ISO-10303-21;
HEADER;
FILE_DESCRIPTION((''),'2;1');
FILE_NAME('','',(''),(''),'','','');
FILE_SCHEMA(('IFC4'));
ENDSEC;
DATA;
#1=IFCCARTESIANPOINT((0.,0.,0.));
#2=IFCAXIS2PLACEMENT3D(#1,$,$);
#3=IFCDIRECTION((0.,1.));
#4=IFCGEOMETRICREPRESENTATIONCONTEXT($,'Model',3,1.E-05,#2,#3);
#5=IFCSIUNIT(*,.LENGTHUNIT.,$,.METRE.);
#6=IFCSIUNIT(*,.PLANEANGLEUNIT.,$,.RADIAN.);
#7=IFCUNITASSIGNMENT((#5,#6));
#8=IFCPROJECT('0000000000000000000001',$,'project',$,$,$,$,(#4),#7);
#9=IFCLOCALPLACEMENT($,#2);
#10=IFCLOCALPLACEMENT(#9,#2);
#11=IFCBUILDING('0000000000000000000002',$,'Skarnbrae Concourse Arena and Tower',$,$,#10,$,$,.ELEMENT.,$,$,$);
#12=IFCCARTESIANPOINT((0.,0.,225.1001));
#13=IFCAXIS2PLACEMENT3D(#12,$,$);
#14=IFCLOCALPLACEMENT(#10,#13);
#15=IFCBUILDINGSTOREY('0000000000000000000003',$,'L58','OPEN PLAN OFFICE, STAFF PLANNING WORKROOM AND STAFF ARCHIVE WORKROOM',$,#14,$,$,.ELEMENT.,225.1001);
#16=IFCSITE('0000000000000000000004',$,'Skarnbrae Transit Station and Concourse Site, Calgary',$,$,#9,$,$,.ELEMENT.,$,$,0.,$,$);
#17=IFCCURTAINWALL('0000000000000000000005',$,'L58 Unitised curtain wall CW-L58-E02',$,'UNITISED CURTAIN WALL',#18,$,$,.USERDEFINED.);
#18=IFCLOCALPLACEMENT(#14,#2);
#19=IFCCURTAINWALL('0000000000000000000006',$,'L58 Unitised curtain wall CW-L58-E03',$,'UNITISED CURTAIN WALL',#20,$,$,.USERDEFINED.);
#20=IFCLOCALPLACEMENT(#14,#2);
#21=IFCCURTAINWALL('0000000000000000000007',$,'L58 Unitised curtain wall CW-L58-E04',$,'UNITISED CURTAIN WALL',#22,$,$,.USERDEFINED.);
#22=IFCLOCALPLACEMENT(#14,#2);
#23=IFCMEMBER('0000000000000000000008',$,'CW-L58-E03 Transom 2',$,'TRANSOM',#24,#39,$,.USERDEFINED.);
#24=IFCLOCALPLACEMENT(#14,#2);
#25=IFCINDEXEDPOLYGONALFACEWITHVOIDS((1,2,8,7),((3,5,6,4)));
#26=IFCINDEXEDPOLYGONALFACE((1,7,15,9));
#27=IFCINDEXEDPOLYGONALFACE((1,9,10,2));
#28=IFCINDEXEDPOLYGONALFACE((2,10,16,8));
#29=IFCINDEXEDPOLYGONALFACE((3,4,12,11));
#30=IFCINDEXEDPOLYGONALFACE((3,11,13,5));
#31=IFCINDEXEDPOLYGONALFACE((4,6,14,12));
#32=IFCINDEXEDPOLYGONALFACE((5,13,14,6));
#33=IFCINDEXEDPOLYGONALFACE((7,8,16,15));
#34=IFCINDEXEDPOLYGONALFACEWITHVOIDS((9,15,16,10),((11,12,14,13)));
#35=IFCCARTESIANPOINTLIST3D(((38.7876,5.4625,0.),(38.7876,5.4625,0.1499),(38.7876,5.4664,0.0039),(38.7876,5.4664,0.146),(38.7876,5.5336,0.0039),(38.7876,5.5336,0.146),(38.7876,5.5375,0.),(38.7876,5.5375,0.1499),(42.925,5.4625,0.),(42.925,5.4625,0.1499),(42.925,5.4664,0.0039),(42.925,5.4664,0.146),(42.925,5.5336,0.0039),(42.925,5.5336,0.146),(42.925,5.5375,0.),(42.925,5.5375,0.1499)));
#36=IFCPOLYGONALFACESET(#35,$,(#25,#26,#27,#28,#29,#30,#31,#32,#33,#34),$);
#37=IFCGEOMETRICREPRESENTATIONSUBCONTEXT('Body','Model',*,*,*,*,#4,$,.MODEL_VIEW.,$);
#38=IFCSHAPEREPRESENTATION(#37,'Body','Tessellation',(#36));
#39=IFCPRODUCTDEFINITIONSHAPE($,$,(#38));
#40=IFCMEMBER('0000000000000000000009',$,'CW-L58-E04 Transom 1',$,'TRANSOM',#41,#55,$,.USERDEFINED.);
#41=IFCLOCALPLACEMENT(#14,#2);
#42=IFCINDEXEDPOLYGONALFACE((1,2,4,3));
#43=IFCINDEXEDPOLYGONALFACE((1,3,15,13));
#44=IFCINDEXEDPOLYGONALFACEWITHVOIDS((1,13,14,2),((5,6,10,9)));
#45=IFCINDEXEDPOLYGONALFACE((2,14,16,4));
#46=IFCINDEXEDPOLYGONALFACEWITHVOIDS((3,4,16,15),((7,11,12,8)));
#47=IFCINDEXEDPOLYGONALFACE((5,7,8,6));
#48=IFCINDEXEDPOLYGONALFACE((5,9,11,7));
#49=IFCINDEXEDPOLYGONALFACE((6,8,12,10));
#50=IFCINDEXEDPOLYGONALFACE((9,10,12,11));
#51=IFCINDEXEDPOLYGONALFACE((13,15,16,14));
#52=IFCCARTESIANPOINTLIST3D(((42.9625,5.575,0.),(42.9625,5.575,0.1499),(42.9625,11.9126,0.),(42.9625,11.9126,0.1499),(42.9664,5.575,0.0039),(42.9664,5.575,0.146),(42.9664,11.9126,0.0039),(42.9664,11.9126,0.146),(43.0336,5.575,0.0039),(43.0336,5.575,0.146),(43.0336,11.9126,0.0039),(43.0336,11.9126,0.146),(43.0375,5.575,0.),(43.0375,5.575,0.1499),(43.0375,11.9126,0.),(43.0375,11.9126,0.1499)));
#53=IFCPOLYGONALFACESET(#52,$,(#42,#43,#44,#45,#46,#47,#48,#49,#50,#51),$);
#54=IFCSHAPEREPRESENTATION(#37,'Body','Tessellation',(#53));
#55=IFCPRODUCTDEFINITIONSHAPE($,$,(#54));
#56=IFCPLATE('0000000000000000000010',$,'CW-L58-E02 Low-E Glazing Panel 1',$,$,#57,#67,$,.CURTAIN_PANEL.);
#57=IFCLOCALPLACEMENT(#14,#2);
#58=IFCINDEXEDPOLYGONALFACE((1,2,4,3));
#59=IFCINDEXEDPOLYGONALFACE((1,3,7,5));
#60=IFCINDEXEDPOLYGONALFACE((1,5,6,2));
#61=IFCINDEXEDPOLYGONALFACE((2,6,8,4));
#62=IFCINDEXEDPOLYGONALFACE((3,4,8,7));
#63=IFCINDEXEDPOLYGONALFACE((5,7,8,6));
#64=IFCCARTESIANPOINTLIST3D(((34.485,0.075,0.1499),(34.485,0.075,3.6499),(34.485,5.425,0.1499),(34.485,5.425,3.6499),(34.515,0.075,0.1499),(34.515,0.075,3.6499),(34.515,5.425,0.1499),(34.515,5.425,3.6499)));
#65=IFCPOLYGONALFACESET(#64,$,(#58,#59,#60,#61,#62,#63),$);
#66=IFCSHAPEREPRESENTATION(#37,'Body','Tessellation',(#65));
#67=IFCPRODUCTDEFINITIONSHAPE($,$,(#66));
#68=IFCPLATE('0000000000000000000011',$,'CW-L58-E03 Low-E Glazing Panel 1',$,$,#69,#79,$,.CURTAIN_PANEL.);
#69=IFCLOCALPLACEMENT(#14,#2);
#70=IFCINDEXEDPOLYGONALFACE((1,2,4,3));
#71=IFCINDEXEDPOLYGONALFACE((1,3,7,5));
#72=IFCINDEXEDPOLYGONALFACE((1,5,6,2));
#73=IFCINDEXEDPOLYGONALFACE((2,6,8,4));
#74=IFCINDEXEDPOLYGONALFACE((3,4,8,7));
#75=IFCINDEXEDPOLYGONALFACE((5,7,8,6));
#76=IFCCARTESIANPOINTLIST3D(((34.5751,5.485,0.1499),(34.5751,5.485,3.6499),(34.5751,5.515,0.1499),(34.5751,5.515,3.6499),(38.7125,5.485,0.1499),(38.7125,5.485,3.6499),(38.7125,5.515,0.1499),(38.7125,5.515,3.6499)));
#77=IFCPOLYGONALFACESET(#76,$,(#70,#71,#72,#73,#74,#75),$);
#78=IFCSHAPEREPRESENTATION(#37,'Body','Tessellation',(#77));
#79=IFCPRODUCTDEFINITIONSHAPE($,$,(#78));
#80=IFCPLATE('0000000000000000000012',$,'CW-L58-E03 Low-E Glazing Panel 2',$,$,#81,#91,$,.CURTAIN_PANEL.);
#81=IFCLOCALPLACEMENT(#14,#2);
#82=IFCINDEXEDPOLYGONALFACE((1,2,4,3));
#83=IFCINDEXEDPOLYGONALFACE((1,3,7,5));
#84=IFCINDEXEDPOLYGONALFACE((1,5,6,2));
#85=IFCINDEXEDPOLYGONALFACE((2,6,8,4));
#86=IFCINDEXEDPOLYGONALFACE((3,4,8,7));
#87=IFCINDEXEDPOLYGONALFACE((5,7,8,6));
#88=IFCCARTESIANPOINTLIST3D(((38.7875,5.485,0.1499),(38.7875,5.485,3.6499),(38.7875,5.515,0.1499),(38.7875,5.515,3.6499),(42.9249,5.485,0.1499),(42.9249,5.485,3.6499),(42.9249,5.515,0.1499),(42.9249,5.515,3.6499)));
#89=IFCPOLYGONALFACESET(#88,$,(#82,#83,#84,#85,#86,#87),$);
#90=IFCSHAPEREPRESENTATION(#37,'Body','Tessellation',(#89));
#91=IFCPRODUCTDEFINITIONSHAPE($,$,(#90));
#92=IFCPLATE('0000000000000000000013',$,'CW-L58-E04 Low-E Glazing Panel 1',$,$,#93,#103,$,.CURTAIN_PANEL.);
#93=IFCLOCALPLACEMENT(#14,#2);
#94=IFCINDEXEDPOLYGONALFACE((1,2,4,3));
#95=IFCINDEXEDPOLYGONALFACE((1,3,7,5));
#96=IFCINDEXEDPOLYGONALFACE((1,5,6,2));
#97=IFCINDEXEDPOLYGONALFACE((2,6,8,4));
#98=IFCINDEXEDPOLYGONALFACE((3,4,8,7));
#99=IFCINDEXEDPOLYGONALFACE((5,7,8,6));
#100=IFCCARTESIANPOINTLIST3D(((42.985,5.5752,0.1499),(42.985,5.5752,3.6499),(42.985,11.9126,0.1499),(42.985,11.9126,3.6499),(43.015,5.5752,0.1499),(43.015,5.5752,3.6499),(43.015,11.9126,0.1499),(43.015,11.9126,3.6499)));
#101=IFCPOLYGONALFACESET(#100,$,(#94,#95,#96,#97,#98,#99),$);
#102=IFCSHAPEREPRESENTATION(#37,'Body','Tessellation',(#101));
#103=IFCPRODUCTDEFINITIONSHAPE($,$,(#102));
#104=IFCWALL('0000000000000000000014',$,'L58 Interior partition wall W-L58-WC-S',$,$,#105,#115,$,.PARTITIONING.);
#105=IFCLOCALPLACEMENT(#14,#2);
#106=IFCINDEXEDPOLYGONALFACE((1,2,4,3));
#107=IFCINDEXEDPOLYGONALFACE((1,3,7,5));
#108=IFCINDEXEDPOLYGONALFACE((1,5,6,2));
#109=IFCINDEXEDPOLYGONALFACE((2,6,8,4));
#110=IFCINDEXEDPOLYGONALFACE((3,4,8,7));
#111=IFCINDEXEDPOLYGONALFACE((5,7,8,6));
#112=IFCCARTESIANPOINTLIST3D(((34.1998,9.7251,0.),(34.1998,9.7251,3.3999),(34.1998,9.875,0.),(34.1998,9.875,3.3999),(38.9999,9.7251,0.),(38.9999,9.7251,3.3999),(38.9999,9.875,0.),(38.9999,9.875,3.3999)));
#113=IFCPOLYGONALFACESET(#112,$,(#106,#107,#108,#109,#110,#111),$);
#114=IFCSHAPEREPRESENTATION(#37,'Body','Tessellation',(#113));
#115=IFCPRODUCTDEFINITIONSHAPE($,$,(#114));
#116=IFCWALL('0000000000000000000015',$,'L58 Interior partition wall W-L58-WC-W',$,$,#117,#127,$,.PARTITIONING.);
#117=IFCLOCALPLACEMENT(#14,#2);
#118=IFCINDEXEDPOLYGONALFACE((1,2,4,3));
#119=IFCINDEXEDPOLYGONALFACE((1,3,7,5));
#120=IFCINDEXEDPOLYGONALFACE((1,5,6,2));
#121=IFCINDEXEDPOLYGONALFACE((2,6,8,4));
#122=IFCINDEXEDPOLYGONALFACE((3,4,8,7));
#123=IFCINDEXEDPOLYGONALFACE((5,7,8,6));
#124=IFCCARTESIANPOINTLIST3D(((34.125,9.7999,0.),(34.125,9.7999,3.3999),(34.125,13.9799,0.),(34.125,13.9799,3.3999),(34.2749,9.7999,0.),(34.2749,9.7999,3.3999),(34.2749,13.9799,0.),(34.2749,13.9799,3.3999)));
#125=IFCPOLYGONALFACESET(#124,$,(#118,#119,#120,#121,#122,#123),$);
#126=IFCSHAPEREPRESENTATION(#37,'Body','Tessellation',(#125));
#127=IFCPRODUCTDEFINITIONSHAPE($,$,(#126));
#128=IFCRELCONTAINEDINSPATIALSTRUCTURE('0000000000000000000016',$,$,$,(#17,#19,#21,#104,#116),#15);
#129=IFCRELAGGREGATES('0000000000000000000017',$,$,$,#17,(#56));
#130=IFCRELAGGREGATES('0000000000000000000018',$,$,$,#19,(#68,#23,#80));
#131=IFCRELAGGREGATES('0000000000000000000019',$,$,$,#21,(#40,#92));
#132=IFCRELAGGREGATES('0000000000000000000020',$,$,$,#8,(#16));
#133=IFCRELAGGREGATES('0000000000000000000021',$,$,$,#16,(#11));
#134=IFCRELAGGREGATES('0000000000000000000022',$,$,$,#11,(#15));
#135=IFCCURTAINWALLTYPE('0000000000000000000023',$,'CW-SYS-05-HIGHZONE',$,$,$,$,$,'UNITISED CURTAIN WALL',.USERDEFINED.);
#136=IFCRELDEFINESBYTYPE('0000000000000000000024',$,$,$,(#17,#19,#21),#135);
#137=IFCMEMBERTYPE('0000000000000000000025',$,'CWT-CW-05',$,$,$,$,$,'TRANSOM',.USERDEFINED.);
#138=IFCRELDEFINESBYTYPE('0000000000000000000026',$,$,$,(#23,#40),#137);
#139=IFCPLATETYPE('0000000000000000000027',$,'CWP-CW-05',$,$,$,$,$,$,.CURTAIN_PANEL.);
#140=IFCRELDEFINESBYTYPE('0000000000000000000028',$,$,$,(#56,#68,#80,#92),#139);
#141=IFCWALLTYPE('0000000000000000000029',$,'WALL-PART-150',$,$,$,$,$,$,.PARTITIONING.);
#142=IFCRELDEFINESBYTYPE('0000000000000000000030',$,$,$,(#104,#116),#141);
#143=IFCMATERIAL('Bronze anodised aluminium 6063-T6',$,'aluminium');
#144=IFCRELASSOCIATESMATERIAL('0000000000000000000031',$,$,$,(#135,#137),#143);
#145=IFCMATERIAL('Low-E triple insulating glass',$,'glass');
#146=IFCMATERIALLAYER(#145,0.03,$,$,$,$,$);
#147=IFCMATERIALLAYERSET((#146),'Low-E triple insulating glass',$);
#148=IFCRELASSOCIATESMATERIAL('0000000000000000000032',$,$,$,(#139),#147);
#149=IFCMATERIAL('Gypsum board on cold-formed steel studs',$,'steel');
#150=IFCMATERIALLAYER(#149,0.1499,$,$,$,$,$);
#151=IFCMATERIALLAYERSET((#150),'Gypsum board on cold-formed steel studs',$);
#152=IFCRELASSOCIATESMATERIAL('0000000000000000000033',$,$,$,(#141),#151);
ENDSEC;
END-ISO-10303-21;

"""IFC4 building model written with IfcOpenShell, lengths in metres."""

from ifc_helpers import new_model, si_unit, direction, frame, frame_2d, origin, origin_2d, place, context, subcontext, project, spatial, rectangle, hollow_rectangle, extrude, source, transform, mapped, material, layer, layer_set, material_profile, profile_set, type_object, element, aggregate, save


model = new_model("IFC4")

# Units and contexts
model_context = context("Model", 3, precision=1e-05, world=origin(), true_north=direction((0.0, 1.0)))
body_context = subcontext(model_context, "Body", "Model", "MODEL_VIEW")
ifc_project = project(units=[si_unit("LENGTHUNIT", "METRE"), si_unit("PLANEANGLEUNIT", "RADIAN")], contexts=[model_context])

# Site, building, storey
site_placement = place(None, origin())
site = spatial("IfcSite", under=ifc_project, at=site_placement, Name="Skarnbrae Transit Station and Concourse Site, Calgary", CompositionType="ELEMENT", RefElevation=0.0)
building_placement = place(site_placement, origin())
building = spatial("IfcBuilding", under=site, at=building_placement, Name="Skarnbrae Concourse Arena and Tower", CompositionType="ELEMENT")
storey_placement = place(building_placement, frame((0.0, 0.0, 225.1001)))
storey = spatial("IfcBuildingStorey", under=building, at=storey_placement, Name="L58", Description="OPEN PLAN OFFICE, STAFF PLANNING WORKROOM AND STAFF ARCHIVE WORKROOM", CompositionType="ELEMENT", Elevation=225.1001)

# Curtain walls
ifc_material_1 = material(Name="Bronze anodised aluminium 6063-T6", Category="aluminium")
curtain_wall_type = type_object("IfcCurtainWallType", Name="CW-SYS-05-HIGHZONE", ElementType="UNITISED CURTAIN WALL", PredefinedType="USERDEFINED", material=ifc_material_1)
curtain_wall_1_placement = place(storey_placement, origin())
curtain_wall_1 = element("IfcCurtainWall", 1, at=curtain_wall_1_placement, inside=storey, type_object=curtain_wall_type, Name="L58 Unitised curtain wall CW-L58-E02", ObjectType="UNITISED CURTAIN WALL", PredefinedType="USERDEFINED")
curtain_wall_2_placement = place(storey_placement, origin())
curtain_wall_2 = element("IfcCurtainWall", 2, at=curtain_wall_2_placement, inside=storey, type_object=curtain_wall_type, Name="L58 Unitised curtain wall CW-L58-E03", ObjectType="UNITISED CURTAIN WALL", PredefinedType="USERDEFINED")

# Curtain wall
curtain_wall_3_placement = place(storey_placement, origin())
curtain_wall_3 = element("IfcCurtainWall", 3, at=curtain_wall_3_placement, inside=storey, type_object=curtain_wall_type, Name="L58 Unitised curtain wall CW-L58-E04", ObjectType="UNITISED CURTAIN WALL", PredefinedType="USERDEFINED")

# Members
ifc_material_profile_1 = material_profile(ifc_material_1, hollow_rectangle(XDim=0.075, YDim=0.1499, WallThickness=0.0039, at=origin_2d()), Name="ALU-TRAN-75X150")
ifc_profile_set_1 = profile_set([ifc_material_profile_1], Name="Bronze anodised aluminium 6063-T6")
member_type_1 = type_object("IfcMemberType", Name="CWT-CW-05", ElementType="TRANSOM", PredefinedType="USERDEFINED", material=ifc_profile_set_1)
shared_shape_1 = source(origin(), body_context, "Body", "SweptSolid", [
    extrude(hollow_rectangle(XDim=0.075, YDim=0.1499, WallThickness=0.0039, at=origin_2d()), origin(), (0.0, 0.0, 1.0), 4.1375),
])
member_1_placement = place(storey_placement, frame((38.7876, 5.5, 0.075), z_axis=(1.0, 0.0, 0.0), x_axis=(0.0, 1.0, 0.0)))
member_1 = element("IfcMember", 4, at=member_1_placement, type_object=member_type_1, Name="CW-L58-E03 Transom 2", ObjectType="TRANSOM", PredefinedType="USERDEFINED", context=body_context, shape_type="MappedRepresentation", body=[
    mapped(shared_shape_1, transform((0.0, 0.0, 0.0))),
])
shared_shape_2 = source(origin(), body_context, "Body", "SweptSolid", [
    extrude(hollow_rectangle(XDim=0.075, YDim=0.1499, WallThickness=0.0039, at=origin_2d()), origin(), (0.0, 0.0, 1.0), 6.3376),
])
member_2_placement = place(storey_placement, frame((43.0, 5.575, 0.075), z_axis=(0.0, 1.0, 0.0), x_axis=(-1.0, 0.0, 0.0)))
member_2 = element("IfcMember", 5, at=member_2_placement, type_object=member_type_1, Name="CW-L58-E04 Transom 1", ObjectType="TRANSOM", PredefinedType="USERDEFINED", context=body_context, shape_type="MappedRepresentation", body=[
    mapped(shared_shape_2, transform((0.0, 0.0, 0.0))),
])

# Plates
ifc_material_2 = material(Name="Low-E triple insulating glass", Category="glass")
ifc_layer_1 = layer(ifc_material_2, 0.03)
ifc_layer_set_1 = layer_set([ifc_layer_1], Name="Low-E triple insulating glass")
plate_type = type_object("IfcPlateType", Name="CWP-CW-05", PredefinedType="CURTAIN_PANEL", material=ifc_layer_set_1)
shared_shape_3 = source(origin(), body_context, "Body", "SweptSolid", [
    extrude(rectangle(XDim=5.3501, YDim=0.03, at=origin_2d()), origin(), (0.0, 0.0, 1.0), 3.5),
])
plate_1_placement = place(storey_placement, frame((34.5, 2.75, 0.1499), z_axis=(0.0, 0.0, 1.0), x_axis=(0.0, 1.0, 0.0)))
plate_1 = element("IfcPlate", 6, at=plate_1_placement, type_object=plate_type, Name="CW-L58-E02 Low-E Glazing Panel 1", PredefinedType="CURTAIN_PANEL", context=body_context, shape_type="MappedRepresentation", body=[
    mapped(shared_shape_3, transform((0.0, 0.0, 0.0))),
])
aggregate(curtain_wall_1, [plate_1])
shared_shape_4 = source(origin(), body_context, "Body", "SweptSolid", [
    extrude(rectangle(XDim=4.1375, YDim=0.03, at=origin_2d()), origin(), (0.0, 0.0, 1.0), 3.5),
])
plate_2_placement = place(storey_placement, frame((36.6438, 5.5, 0.1499), z_axis=(0.0, 0.0, 1.0), x_axis=(1.0, 0.0, 0.0)))
plate_2 = element("IfcPlate", 7, at=plate_2_placement, type_object=plate_type, Name="CW-L58-E03 Low-E Glazing Panel 1", PredefinedType="CURTAIN_PANEL", context=body_context, shape_type="MappedRepresentation", body=[
    mapped(shared_shape_4, transform((0.0, 0.0, 0.0))),
])
plate_3_placement = place(storey_placement, frame((40.8562, 5.5, 0.1499), z_axis=(0.0, 0.0, 1.0), x_axis=(1.0, 0.0, 0.0)))
plate_3 = element("IfcPlate", 8, at=plate_3_placement, type_object=plate_type, Name="CW-L58-E03 Low-E Glazing Panel 2", PredefinedType="CURTAIN_PANEL", context=body_context, shape_type="MappedRepresentation", body=[
    mapped(shared_shape_4, transform((0.0, 0.0, 0.0))),
])
aggregate(curtain_wall_2, [plate_2, member_1, plate_3])
shared_shape_5 = source(origin(), body_context, "Body", "SweptSolid", [
    extrude(rectangle(XDim=6.3374, YDim=0.03, at=origin_2d()), origin(), (0.0, 0.0, 1.0), 3.5),
])
plate_4_placement = place(storey_placement, frame((43.0, 8.7439, 0.1499), z_axis=(0.0, 0.0, 1.0), x_axis=(0.0, 1.0, 0.0)))
plate_4 = element("IfcPlate", 9, at=plate_4_placement, type_object=plate_type, Name="CW-L58-E04 Low-E Glazing Panel 1", PredefinedType="CURTAIN_PANEL", context=body_context, shape_type="MappedRepresentation", body=[
    mapped(shared_shape_5, transform((0.0, 0.0, 0.0))),
])
aggregate(curtain_wall_3, [member_2, plate_4])

# Walls
ifc_material_3 = material(Name="Gypsum board on cold-formed steel studs", Category="steel")
ifc_layer_2 = layer(ifc_material_3, 0.1499)
ifc_layer_set_2 = layer_set([ifc_layer_2], Name="Gypsum board on cold-formed steel studs")
wall_type = type_object("IfcWallType", Name="WALL-PART-150", PredefinedType="PARTITIONING", material=ifc_layer_set_2)
shared_shape_6 = source(origin(), body_context, "Body", "SweptSolid", [
    extrude(rectangle(XDim=4.8, YDim=0.1499, at=frame_2d((2.3999, 0.0))), origin(), (0.0, 0.0, 1.0), 3.3999),
])
wall_1_placement = place(storey_placement, frame((34.2, 9.8, 0.0), z_axis=(0.0, 0.0, 1.0), x_axis=(1.0, 0.0, 0.0)))
element("IfcWall", 10, at=wall_1_placement, inside=storey, type_object=wall_type, Name="L58 Interior partition wall W-L58-WC-S", PredefinedType="PARTITIONING", context=body_context, shape_type="MappedRepresentation", body=[
    mapped(shared_shape_6, transform((0.0, 0.0, 0.0))),
])
shared_shape_7 = source(origin(), body_context, "Body", "SweptSolid", [
    extrude(rectangle(XDim=4.1799, YDim=0.1499, at=frame_2d((2.0898, 0.0))), origin(), (0.0, 0.0, 1.0), 3.3999),
])
wall_2_placement = place(storey_placement, frame((34.2, 9.8, 0.0), z_axis=(0.0, 0.0, 1.0), x_axis=(0.0, 1.0, 0.0)))
element("IfcWall", 11, at=wall_2_placement, inside=storey, type_object=wall_type, Name="L58 Interior partition wall W-L58-WC-W", PredefinedType="PARTITIONING", context=body_context, shape_type="MappedRepresentation", body=[
    mapped(shared_shape_7, transform((0.0, 0.0, 0.0))),
])

save(model, "model.ifc")
